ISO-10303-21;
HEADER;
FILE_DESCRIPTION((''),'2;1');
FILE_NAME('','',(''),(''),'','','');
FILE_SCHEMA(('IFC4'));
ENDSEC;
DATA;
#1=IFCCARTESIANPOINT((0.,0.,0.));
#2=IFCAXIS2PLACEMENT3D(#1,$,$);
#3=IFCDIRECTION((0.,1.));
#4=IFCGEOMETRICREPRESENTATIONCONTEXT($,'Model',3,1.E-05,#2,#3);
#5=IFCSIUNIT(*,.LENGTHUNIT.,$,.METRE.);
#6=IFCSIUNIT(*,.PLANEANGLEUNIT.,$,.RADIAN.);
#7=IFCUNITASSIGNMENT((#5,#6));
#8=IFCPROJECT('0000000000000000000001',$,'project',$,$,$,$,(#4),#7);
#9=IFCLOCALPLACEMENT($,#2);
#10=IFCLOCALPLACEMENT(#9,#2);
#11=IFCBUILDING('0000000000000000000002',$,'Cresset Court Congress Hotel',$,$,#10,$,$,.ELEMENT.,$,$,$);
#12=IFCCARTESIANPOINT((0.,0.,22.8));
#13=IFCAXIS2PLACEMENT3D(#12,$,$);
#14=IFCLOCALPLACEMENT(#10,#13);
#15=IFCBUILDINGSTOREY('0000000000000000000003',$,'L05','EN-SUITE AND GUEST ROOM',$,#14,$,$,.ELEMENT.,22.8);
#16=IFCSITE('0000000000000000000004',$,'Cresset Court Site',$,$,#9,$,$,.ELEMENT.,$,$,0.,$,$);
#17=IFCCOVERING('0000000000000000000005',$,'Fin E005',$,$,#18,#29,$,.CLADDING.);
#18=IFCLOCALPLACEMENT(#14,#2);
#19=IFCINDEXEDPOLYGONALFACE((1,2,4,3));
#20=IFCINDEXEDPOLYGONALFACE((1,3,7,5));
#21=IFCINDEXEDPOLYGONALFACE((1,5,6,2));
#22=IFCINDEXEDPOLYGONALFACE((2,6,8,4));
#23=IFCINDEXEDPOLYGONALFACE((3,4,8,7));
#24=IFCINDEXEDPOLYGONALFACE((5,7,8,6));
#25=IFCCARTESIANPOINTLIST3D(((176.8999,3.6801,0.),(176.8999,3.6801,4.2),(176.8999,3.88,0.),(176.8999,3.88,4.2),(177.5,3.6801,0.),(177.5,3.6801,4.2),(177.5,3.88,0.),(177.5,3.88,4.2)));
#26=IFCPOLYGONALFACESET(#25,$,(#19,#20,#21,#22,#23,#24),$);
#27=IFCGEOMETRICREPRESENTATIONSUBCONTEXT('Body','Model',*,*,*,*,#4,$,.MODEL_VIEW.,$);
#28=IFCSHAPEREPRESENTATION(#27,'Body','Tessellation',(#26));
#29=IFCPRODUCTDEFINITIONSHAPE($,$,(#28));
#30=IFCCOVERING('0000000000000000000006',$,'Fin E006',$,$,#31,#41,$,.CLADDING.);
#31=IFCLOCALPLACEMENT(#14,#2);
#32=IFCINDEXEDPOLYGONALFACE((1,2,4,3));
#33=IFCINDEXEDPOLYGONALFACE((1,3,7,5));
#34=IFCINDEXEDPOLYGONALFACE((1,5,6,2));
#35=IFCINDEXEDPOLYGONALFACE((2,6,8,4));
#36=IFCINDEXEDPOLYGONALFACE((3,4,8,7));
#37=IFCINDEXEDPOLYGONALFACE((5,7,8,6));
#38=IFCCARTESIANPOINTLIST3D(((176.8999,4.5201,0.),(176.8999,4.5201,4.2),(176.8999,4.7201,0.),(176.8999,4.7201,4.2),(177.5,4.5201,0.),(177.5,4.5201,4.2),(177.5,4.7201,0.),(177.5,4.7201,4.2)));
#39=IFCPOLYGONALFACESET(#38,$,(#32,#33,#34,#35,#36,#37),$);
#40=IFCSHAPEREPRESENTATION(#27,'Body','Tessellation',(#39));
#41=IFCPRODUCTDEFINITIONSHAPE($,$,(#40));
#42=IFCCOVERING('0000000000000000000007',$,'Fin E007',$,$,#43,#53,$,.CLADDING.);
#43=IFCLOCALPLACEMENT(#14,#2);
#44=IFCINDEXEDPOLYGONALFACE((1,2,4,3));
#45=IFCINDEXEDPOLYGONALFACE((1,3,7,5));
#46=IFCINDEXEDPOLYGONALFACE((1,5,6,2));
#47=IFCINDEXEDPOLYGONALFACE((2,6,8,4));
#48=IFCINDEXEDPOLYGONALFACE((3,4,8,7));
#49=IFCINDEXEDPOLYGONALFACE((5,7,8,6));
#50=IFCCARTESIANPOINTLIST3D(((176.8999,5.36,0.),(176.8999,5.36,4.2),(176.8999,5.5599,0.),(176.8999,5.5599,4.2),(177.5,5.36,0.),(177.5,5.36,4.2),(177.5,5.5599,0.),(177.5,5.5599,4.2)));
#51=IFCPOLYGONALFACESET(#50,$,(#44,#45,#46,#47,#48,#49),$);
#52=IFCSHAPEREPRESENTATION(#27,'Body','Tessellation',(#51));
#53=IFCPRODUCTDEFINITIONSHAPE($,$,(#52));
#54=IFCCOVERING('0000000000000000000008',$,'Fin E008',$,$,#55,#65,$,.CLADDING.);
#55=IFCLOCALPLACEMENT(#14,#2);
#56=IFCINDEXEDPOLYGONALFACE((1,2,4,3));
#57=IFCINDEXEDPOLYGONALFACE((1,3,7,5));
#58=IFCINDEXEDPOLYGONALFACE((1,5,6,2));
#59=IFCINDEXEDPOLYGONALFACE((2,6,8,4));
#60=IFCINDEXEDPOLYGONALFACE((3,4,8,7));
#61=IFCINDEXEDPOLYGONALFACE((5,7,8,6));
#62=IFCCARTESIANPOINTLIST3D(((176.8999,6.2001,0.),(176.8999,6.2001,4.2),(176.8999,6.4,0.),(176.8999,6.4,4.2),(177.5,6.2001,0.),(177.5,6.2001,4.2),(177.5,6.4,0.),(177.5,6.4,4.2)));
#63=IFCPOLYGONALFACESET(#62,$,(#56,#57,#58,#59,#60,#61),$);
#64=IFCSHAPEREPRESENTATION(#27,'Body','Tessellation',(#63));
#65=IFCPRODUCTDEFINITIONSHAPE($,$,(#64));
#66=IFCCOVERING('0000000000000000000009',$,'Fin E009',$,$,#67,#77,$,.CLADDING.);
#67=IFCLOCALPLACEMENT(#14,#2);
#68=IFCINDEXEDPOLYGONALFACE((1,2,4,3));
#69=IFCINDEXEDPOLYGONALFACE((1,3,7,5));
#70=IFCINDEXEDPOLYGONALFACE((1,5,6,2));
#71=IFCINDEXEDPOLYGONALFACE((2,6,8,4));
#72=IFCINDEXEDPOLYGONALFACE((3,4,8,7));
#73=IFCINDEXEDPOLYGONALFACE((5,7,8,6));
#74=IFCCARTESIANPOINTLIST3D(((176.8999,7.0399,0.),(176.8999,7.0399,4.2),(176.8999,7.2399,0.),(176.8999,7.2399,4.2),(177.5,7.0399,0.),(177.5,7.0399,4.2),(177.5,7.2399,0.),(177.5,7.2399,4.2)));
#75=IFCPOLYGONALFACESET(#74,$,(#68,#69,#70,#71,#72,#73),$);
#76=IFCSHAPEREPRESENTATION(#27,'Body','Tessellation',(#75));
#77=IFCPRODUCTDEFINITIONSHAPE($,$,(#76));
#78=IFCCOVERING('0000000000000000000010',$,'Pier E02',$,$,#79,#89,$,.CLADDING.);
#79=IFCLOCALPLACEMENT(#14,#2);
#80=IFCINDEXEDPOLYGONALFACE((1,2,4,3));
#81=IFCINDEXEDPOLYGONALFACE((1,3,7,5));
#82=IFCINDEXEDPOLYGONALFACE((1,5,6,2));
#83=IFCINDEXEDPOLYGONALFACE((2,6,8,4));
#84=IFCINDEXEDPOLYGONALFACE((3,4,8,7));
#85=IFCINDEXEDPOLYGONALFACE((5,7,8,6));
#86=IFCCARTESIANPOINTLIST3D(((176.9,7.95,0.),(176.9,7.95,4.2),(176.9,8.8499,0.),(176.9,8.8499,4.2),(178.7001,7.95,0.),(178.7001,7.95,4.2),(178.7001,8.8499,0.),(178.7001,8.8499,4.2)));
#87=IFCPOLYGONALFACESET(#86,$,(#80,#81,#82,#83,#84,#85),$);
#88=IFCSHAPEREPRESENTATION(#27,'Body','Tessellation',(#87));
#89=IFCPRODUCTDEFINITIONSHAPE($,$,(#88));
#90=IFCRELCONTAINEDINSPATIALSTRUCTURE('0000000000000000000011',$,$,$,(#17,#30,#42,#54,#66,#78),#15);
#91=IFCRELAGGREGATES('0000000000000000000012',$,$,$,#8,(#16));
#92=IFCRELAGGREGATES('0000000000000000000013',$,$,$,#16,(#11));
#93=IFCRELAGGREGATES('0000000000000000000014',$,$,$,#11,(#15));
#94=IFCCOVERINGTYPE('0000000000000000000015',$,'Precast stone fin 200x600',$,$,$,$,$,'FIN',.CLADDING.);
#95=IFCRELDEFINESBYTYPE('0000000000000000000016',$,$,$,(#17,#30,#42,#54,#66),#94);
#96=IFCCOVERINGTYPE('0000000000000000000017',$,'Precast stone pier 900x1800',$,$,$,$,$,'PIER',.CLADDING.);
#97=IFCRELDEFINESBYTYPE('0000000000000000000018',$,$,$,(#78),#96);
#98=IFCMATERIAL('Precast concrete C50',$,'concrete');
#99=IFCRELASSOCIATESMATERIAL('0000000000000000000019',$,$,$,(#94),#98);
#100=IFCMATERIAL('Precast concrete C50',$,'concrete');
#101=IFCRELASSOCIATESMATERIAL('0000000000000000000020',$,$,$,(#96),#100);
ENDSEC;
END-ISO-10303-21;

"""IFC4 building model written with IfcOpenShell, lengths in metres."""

from ifc_helpers import new_model, si_unit, direction, frame, origin, origin_2d, place, context, subcontext, project, spatial, rectangle, extrude, material, type_object, element, save


model = new_model("IFC4")

# Units and contexts
model_context = context("Model", 3, precision=1e-05, world=origin(), true_north=direction((0.0, 1.0)))
body_context = subcontext(model_context, "Body", "Model", "MODEL_VIEW")
ifc_project = project(units=[si_unit("LENGTHUNIT", "METRE"), si_unit("PLANEANGLEUNIT", "RADIAN")], contexts=[model_context])

# Site, building, storey
site_placement = place(None, origin())
site = spatial("IfcSite", under=ifc_project, at=site_placement, Name="Cresset Court Site", CompositionType="ELEMENT", RefElevation=0.0)
building_placement = place(site_placement, origin())
building = spatial("IfcBuilding", under=site, at=building_placement, Name="Cresset Court Congress Hotel", CompositionType="ELEMENT")
storey_placement = place(building_placement, frame((0.0, 0.0, 22.8)))
storey = spatial("IfcBuildingStorey", under=building, at=storey_placement, Name="L05", Description="EN-SUITE AND GUEST ROOM", CompositionType="ELEMENT", Elevation=22.8)

# Coverings
ifc_material_1 = material(Name="Precast concrete C50", Category="concrete")
covering_type_1 = type_object("IfcCoveringType", Name="Precast stone fin 200x600", ElementType="FIN", PredefinedType="CLADDING", material=ifc_material_1)
for number, where, z_axis, x_axis, name in (
    (1, (177.2, 3.78, 0.0), (0.0, 0.0, 1.0), (1.0, 0.0, 0.0), "Fin E005"),
    (2, (177.2, 4.6201, 0.0), (0.0, 0.0, 1.0), (1.0, 0.0, 0.0), "Fin E006"),
    (3, (177.2, 5.46, 0.0), (0.0, 0.0, 1.0), (1.0, 0.0, 0.0), "Fin E007"),
    (4, (177.2, 6.3, 0.0), (0.0, 0.0, 1.0), (1.0, 0.0, 0.0), "Fin E008"),
    (5, (177.2, 7.1399, 0.0), (0.0, 0.0, 1.0), (1.0, 0.0, 0.0), "Fin E009"),
):
    element("IfcCovering", number, at=place(storey_placement, frame(where, z_axis=z_axis, x_axis=x_axis)), inside=storey, type_object=covering_type_1, Name=name, PredefinedType="CLADDING", context=body_context, shape_type="SweptSolid", body=[
        extrude(rectangle(XDim=0.6001, YDim=0.2, at=origin_2d()), origin(), (0.0, 0.0, 1.0), 4.2),
    ])
ifc_material_2 = material(Name="Precast concrete C50", Category="concrete")
covering_type_2 = type_object("IfcCoveringType", Name="Precast stone pier 900x1800", ElementType="PIER", PredefinedType="CLADDING", material=ifc_material_2)
covering_placement = place(storey_placement, frame((177.8, 8.3999, 0.0), z_axis=(0.0, 0.0, 1.0), x_axis=(1.0, 0.0, 0.0)))
element("IfcCovering", 6, at=covering_placement, inside=storey, type_object=covering_type_2, Name="Pier E02", PredefinedType="CLADDING", context=body_context, shape_type="SweptSolid", body=[
    extrude(rectangle(XDim=1.8, YDim=0.8999, at=origin_2d()), origin(), (0.0, 0.0, 1.0), 4.2),
])

save(model, "model.ifc")
